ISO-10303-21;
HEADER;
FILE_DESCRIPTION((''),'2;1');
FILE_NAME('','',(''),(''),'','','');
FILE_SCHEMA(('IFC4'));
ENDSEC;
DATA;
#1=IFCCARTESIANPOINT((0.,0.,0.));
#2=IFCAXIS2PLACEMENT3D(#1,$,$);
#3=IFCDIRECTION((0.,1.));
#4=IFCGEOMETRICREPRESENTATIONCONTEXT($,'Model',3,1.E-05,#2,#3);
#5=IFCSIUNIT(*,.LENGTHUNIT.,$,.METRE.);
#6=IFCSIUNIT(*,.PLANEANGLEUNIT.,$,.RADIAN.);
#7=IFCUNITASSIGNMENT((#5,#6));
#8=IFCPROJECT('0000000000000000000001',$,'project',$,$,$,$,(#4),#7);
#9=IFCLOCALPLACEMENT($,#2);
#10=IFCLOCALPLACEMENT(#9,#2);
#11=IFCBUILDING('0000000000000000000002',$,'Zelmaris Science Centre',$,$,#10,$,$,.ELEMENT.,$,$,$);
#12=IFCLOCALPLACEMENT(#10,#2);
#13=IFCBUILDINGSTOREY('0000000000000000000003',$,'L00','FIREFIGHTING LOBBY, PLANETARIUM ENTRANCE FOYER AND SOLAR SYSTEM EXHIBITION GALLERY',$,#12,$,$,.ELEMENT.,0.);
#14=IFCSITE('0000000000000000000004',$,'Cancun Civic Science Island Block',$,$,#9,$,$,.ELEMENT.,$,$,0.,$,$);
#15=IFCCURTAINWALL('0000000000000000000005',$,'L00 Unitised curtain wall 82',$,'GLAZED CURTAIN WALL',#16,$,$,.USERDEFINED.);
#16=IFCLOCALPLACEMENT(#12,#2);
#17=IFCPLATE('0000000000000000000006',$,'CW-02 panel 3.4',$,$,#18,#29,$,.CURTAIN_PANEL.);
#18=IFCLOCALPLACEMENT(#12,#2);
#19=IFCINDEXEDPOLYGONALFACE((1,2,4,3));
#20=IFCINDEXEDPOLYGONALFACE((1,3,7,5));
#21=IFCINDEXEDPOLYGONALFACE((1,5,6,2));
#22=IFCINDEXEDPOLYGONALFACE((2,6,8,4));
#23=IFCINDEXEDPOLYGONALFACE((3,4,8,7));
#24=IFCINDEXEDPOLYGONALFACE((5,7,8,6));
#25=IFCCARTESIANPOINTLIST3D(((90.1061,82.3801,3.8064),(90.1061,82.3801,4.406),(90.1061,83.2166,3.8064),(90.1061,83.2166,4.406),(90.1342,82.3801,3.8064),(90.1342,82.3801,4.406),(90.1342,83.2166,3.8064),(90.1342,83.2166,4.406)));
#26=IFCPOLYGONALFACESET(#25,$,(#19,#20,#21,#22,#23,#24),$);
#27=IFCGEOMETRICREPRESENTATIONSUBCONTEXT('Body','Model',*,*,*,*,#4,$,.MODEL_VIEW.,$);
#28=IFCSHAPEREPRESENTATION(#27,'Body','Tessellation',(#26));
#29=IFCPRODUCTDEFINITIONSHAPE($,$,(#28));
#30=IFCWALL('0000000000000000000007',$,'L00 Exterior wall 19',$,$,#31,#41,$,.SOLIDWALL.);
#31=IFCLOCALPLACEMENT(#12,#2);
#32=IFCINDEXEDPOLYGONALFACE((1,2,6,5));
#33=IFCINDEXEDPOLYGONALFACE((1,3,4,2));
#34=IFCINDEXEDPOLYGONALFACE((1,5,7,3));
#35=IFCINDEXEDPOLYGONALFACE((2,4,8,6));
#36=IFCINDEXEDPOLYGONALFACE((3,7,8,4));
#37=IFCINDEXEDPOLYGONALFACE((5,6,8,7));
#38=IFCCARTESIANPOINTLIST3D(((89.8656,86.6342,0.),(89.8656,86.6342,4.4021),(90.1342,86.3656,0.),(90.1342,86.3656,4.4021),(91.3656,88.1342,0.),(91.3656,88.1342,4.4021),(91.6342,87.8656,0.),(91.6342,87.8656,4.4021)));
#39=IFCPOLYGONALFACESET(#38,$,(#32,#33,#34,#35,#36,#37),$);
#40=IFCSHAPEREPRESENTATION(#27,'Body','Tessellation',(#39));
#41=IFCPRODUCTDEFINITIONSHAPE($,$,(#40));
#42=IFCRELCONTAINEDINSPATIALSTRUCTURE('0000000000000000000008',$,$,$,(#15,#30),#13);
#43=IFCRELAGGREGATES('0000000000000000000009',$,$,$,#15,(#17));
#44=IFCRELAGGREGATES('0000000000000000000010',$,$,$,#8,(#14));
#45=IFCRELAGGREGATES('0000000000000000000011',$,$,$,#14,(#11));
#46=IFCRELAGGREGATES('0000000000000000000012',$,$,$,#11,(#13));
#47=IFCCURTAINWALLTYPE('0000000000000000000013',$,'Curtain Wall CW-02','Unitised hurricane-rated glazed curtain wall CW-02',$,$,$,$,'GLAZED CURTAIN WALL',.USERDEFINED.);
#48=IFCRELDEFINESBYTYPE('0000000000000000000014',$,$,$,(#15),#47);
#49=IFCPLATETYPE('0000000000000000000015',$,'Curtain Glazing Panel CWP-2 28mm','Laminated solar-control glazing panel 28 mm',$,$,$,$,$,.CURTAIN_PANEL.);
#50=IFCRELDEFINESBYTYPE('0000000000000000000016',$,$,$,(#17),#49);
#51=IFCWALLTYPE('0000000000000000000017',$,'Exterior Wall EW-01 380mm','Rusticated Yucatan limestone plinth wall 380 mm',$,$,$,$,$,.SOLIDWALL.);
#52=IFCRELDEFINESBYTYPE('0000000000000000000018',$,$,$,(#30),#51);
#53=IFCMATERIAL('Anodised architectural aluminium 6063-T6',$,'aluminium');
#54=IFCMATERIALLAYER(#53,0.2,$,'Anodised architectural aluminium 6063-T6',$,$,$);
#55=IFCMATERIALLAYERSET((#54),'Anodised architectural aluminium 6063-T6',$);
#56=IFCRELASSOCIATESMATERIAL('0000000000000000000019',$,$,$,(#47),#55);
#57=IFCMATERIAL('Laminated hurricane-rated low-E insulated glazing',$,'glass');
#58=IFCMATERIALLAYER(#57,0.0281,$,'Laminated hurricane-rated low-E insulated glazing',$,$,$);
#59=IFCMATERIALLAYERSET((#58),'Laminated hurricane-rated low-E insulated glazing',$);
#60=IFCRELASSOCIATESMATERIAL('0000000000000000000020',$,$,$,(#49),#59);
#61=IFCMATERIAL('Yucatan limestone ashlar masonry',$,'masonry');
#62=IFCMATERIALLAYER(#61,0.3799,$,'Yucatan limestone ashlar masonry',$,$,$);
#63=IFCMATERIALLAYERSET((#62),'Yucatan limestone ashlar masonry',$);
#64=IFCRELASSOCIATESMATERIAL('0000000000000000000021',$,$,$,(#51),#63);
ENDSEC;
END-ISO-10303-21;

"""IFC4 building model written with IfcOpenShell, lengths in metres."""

from ifc_helpers import new_model, si_unit, direction, frame, frame_2d, origin, origin_2d, place, context, subcontext, project, spatial, rectangle, extrude, material, layer, layer_set, type_object, element, aggregate, save


model = new_model("IFC4")

# Units and contexts
model_context = context("Model", 3, precision=1e-05, world=origin(), true_north=direction((0.0, 1.0)))
body_context = subcontext(model_context, "Body", "Model", "MODEL_VIEW")
ifc_project = project(units=[si_unit("LENGTHUNIT", "METRE"), si_unit("PLANEANGLEUNIT", "RADIAN")], contexts=[model_context])

# Site, building, storey
site_placement = place(None, origin())
site = spatial("IfcSite", under=ifc_project, at=site_placement, Name="Cancun Civic Science Island Block", CompositionType="ELEMENT", RefElevation=0.0)
building_placement = place(site_placement, origin())
building = spatial("IfcBuilding", under=site, at=building_placement, Name="Zelmaris Science Centre", CompositionType="ELEMENT")
storey_placement = place(building_placement, origin())
storey = spatial("IfcBuildingStorey", under=building, at=storey_placement, Name="L00", Description="FIREFIGHTING LOBBY, PLANETARIUM ENTRANCE FOYER AND SOLAR SYSTEM EXHIBITION GALLERY", CompositionType="ELEMENT", Elevation=0.0)

# Curtain wall
ifc_material_1 = material(Name="Anodised architectural aluminium 6063-T6", Category="aluminium")
ifc_layer_1 = layer(ifc_material_1, 0.2, Name="Anodised architectural aluminium 6063-T6")
ifc_layer_set_1 = layer_set([ifc_layer_1], Name="Anodised architectural aluminium 6063-T6")
curtain_wall_type = type_object("IfcCurtainWallType", Name="Curtain Wall CW-02", Description="Unitised hurricane-rated glazed curtain wall CW-02", ElementType="GLAZED CURTAIN WALL", PredefinedType="USERDEFINED", material=ifc_layer_set_1)
curtain_wall_placement = place(storey_placement, origin())
curtain_wall = element("IfcCurtainWall", 1, at=curtain_wall_placement, inside=storey, type_object=curtain_wall_type, Name="L00 Unitised curtain wall 82", ObjectType="GLAZED CURTAIN WALL", PredefinedType="USERDEFINED")

# Plate
ifc_material_2 = material(Name="Laminated hurricane-rated low-E insulated glazing", Category="glass")
ifc_layer_2 = layer(ifc_material_2, 0.0281, Name="Laminated hurricane-rated low-E insulated glazing")
ifc_layer_set_2 = layer_set([ifc_layer_2], Name="Laminated hurricane-rated low-E insulated glazing")
plate_type = type_object("IfcPlateType", Name="Curtain Glazing Panel CWP-2 28mm", Description="Laminated solar-control glazing panel 28 mm", PredefinedType="CURTAIN_PANEL", material=ifc_layer_set_2)
plate_1_placement = place(storey_placement, frame((90.1201, 82.7983, 3.8064), z_axis=(0.0, 0.0, 1.0), x_axis=(0.0, 1.0, 0.0)))
plate_1 = element("IfcPlate", 2, at=plate_1_placement, type_object=plate_type, Name="CW-02 panel 3.4", PredefinedType="CURTAIN_PANEL", context=body_context, shape_type="SweptSolid", body=[
    extrude(rectangle(XDim=0.8364, YDim=0.0281, at=origin_2d()), origin(), (0.0, 0.0, 1.0), 0.5996),
])
aggregate(curtain_wall, [plate_1])

# Wall
ifc_material_3 = material(Name="Yucatan limestone ashlar masonry", Category="masonry")
ifc_layer_3 = layer(ifc_material_3, 0.3799, Name="Yucatan limestone ashlar masonry")
ifc_layer_set_3 = layer_set([ifc_layer_3], Name="Yucatan limestone ashlar masonry")
wall_type = type_object("IfcWallType", Name="Exterior Wall EW-01 380mm", Description="Rusticated Yucatan limestone plinth wall 380 mm", PredefinedType="SOLIDWALL", material=ifc_layer_set_3)
wall_placement = place(storey_placement, frame((90.0, 86.5, 0.0), z_axis=(0.0, 0.0, 1.0), x_axis=(0.707107, 0.707107, 0.0)))
element("IfcWall", 3, at=wall_placement, inside=storey, type_object=wall_type, Name="L00 Exterior wall 19", PredefinedType="SOLIDWALL", context=body_context, shape_type="SweptSolid", body=[
    extrude(rectangle(XDim=2.1213, YDim=0.3799, at=frame_2d((1.0605, 0.0))), origin(), (0.0, 0.0, 1.0), 4.4021),
])

save(model, "model.ifc")
